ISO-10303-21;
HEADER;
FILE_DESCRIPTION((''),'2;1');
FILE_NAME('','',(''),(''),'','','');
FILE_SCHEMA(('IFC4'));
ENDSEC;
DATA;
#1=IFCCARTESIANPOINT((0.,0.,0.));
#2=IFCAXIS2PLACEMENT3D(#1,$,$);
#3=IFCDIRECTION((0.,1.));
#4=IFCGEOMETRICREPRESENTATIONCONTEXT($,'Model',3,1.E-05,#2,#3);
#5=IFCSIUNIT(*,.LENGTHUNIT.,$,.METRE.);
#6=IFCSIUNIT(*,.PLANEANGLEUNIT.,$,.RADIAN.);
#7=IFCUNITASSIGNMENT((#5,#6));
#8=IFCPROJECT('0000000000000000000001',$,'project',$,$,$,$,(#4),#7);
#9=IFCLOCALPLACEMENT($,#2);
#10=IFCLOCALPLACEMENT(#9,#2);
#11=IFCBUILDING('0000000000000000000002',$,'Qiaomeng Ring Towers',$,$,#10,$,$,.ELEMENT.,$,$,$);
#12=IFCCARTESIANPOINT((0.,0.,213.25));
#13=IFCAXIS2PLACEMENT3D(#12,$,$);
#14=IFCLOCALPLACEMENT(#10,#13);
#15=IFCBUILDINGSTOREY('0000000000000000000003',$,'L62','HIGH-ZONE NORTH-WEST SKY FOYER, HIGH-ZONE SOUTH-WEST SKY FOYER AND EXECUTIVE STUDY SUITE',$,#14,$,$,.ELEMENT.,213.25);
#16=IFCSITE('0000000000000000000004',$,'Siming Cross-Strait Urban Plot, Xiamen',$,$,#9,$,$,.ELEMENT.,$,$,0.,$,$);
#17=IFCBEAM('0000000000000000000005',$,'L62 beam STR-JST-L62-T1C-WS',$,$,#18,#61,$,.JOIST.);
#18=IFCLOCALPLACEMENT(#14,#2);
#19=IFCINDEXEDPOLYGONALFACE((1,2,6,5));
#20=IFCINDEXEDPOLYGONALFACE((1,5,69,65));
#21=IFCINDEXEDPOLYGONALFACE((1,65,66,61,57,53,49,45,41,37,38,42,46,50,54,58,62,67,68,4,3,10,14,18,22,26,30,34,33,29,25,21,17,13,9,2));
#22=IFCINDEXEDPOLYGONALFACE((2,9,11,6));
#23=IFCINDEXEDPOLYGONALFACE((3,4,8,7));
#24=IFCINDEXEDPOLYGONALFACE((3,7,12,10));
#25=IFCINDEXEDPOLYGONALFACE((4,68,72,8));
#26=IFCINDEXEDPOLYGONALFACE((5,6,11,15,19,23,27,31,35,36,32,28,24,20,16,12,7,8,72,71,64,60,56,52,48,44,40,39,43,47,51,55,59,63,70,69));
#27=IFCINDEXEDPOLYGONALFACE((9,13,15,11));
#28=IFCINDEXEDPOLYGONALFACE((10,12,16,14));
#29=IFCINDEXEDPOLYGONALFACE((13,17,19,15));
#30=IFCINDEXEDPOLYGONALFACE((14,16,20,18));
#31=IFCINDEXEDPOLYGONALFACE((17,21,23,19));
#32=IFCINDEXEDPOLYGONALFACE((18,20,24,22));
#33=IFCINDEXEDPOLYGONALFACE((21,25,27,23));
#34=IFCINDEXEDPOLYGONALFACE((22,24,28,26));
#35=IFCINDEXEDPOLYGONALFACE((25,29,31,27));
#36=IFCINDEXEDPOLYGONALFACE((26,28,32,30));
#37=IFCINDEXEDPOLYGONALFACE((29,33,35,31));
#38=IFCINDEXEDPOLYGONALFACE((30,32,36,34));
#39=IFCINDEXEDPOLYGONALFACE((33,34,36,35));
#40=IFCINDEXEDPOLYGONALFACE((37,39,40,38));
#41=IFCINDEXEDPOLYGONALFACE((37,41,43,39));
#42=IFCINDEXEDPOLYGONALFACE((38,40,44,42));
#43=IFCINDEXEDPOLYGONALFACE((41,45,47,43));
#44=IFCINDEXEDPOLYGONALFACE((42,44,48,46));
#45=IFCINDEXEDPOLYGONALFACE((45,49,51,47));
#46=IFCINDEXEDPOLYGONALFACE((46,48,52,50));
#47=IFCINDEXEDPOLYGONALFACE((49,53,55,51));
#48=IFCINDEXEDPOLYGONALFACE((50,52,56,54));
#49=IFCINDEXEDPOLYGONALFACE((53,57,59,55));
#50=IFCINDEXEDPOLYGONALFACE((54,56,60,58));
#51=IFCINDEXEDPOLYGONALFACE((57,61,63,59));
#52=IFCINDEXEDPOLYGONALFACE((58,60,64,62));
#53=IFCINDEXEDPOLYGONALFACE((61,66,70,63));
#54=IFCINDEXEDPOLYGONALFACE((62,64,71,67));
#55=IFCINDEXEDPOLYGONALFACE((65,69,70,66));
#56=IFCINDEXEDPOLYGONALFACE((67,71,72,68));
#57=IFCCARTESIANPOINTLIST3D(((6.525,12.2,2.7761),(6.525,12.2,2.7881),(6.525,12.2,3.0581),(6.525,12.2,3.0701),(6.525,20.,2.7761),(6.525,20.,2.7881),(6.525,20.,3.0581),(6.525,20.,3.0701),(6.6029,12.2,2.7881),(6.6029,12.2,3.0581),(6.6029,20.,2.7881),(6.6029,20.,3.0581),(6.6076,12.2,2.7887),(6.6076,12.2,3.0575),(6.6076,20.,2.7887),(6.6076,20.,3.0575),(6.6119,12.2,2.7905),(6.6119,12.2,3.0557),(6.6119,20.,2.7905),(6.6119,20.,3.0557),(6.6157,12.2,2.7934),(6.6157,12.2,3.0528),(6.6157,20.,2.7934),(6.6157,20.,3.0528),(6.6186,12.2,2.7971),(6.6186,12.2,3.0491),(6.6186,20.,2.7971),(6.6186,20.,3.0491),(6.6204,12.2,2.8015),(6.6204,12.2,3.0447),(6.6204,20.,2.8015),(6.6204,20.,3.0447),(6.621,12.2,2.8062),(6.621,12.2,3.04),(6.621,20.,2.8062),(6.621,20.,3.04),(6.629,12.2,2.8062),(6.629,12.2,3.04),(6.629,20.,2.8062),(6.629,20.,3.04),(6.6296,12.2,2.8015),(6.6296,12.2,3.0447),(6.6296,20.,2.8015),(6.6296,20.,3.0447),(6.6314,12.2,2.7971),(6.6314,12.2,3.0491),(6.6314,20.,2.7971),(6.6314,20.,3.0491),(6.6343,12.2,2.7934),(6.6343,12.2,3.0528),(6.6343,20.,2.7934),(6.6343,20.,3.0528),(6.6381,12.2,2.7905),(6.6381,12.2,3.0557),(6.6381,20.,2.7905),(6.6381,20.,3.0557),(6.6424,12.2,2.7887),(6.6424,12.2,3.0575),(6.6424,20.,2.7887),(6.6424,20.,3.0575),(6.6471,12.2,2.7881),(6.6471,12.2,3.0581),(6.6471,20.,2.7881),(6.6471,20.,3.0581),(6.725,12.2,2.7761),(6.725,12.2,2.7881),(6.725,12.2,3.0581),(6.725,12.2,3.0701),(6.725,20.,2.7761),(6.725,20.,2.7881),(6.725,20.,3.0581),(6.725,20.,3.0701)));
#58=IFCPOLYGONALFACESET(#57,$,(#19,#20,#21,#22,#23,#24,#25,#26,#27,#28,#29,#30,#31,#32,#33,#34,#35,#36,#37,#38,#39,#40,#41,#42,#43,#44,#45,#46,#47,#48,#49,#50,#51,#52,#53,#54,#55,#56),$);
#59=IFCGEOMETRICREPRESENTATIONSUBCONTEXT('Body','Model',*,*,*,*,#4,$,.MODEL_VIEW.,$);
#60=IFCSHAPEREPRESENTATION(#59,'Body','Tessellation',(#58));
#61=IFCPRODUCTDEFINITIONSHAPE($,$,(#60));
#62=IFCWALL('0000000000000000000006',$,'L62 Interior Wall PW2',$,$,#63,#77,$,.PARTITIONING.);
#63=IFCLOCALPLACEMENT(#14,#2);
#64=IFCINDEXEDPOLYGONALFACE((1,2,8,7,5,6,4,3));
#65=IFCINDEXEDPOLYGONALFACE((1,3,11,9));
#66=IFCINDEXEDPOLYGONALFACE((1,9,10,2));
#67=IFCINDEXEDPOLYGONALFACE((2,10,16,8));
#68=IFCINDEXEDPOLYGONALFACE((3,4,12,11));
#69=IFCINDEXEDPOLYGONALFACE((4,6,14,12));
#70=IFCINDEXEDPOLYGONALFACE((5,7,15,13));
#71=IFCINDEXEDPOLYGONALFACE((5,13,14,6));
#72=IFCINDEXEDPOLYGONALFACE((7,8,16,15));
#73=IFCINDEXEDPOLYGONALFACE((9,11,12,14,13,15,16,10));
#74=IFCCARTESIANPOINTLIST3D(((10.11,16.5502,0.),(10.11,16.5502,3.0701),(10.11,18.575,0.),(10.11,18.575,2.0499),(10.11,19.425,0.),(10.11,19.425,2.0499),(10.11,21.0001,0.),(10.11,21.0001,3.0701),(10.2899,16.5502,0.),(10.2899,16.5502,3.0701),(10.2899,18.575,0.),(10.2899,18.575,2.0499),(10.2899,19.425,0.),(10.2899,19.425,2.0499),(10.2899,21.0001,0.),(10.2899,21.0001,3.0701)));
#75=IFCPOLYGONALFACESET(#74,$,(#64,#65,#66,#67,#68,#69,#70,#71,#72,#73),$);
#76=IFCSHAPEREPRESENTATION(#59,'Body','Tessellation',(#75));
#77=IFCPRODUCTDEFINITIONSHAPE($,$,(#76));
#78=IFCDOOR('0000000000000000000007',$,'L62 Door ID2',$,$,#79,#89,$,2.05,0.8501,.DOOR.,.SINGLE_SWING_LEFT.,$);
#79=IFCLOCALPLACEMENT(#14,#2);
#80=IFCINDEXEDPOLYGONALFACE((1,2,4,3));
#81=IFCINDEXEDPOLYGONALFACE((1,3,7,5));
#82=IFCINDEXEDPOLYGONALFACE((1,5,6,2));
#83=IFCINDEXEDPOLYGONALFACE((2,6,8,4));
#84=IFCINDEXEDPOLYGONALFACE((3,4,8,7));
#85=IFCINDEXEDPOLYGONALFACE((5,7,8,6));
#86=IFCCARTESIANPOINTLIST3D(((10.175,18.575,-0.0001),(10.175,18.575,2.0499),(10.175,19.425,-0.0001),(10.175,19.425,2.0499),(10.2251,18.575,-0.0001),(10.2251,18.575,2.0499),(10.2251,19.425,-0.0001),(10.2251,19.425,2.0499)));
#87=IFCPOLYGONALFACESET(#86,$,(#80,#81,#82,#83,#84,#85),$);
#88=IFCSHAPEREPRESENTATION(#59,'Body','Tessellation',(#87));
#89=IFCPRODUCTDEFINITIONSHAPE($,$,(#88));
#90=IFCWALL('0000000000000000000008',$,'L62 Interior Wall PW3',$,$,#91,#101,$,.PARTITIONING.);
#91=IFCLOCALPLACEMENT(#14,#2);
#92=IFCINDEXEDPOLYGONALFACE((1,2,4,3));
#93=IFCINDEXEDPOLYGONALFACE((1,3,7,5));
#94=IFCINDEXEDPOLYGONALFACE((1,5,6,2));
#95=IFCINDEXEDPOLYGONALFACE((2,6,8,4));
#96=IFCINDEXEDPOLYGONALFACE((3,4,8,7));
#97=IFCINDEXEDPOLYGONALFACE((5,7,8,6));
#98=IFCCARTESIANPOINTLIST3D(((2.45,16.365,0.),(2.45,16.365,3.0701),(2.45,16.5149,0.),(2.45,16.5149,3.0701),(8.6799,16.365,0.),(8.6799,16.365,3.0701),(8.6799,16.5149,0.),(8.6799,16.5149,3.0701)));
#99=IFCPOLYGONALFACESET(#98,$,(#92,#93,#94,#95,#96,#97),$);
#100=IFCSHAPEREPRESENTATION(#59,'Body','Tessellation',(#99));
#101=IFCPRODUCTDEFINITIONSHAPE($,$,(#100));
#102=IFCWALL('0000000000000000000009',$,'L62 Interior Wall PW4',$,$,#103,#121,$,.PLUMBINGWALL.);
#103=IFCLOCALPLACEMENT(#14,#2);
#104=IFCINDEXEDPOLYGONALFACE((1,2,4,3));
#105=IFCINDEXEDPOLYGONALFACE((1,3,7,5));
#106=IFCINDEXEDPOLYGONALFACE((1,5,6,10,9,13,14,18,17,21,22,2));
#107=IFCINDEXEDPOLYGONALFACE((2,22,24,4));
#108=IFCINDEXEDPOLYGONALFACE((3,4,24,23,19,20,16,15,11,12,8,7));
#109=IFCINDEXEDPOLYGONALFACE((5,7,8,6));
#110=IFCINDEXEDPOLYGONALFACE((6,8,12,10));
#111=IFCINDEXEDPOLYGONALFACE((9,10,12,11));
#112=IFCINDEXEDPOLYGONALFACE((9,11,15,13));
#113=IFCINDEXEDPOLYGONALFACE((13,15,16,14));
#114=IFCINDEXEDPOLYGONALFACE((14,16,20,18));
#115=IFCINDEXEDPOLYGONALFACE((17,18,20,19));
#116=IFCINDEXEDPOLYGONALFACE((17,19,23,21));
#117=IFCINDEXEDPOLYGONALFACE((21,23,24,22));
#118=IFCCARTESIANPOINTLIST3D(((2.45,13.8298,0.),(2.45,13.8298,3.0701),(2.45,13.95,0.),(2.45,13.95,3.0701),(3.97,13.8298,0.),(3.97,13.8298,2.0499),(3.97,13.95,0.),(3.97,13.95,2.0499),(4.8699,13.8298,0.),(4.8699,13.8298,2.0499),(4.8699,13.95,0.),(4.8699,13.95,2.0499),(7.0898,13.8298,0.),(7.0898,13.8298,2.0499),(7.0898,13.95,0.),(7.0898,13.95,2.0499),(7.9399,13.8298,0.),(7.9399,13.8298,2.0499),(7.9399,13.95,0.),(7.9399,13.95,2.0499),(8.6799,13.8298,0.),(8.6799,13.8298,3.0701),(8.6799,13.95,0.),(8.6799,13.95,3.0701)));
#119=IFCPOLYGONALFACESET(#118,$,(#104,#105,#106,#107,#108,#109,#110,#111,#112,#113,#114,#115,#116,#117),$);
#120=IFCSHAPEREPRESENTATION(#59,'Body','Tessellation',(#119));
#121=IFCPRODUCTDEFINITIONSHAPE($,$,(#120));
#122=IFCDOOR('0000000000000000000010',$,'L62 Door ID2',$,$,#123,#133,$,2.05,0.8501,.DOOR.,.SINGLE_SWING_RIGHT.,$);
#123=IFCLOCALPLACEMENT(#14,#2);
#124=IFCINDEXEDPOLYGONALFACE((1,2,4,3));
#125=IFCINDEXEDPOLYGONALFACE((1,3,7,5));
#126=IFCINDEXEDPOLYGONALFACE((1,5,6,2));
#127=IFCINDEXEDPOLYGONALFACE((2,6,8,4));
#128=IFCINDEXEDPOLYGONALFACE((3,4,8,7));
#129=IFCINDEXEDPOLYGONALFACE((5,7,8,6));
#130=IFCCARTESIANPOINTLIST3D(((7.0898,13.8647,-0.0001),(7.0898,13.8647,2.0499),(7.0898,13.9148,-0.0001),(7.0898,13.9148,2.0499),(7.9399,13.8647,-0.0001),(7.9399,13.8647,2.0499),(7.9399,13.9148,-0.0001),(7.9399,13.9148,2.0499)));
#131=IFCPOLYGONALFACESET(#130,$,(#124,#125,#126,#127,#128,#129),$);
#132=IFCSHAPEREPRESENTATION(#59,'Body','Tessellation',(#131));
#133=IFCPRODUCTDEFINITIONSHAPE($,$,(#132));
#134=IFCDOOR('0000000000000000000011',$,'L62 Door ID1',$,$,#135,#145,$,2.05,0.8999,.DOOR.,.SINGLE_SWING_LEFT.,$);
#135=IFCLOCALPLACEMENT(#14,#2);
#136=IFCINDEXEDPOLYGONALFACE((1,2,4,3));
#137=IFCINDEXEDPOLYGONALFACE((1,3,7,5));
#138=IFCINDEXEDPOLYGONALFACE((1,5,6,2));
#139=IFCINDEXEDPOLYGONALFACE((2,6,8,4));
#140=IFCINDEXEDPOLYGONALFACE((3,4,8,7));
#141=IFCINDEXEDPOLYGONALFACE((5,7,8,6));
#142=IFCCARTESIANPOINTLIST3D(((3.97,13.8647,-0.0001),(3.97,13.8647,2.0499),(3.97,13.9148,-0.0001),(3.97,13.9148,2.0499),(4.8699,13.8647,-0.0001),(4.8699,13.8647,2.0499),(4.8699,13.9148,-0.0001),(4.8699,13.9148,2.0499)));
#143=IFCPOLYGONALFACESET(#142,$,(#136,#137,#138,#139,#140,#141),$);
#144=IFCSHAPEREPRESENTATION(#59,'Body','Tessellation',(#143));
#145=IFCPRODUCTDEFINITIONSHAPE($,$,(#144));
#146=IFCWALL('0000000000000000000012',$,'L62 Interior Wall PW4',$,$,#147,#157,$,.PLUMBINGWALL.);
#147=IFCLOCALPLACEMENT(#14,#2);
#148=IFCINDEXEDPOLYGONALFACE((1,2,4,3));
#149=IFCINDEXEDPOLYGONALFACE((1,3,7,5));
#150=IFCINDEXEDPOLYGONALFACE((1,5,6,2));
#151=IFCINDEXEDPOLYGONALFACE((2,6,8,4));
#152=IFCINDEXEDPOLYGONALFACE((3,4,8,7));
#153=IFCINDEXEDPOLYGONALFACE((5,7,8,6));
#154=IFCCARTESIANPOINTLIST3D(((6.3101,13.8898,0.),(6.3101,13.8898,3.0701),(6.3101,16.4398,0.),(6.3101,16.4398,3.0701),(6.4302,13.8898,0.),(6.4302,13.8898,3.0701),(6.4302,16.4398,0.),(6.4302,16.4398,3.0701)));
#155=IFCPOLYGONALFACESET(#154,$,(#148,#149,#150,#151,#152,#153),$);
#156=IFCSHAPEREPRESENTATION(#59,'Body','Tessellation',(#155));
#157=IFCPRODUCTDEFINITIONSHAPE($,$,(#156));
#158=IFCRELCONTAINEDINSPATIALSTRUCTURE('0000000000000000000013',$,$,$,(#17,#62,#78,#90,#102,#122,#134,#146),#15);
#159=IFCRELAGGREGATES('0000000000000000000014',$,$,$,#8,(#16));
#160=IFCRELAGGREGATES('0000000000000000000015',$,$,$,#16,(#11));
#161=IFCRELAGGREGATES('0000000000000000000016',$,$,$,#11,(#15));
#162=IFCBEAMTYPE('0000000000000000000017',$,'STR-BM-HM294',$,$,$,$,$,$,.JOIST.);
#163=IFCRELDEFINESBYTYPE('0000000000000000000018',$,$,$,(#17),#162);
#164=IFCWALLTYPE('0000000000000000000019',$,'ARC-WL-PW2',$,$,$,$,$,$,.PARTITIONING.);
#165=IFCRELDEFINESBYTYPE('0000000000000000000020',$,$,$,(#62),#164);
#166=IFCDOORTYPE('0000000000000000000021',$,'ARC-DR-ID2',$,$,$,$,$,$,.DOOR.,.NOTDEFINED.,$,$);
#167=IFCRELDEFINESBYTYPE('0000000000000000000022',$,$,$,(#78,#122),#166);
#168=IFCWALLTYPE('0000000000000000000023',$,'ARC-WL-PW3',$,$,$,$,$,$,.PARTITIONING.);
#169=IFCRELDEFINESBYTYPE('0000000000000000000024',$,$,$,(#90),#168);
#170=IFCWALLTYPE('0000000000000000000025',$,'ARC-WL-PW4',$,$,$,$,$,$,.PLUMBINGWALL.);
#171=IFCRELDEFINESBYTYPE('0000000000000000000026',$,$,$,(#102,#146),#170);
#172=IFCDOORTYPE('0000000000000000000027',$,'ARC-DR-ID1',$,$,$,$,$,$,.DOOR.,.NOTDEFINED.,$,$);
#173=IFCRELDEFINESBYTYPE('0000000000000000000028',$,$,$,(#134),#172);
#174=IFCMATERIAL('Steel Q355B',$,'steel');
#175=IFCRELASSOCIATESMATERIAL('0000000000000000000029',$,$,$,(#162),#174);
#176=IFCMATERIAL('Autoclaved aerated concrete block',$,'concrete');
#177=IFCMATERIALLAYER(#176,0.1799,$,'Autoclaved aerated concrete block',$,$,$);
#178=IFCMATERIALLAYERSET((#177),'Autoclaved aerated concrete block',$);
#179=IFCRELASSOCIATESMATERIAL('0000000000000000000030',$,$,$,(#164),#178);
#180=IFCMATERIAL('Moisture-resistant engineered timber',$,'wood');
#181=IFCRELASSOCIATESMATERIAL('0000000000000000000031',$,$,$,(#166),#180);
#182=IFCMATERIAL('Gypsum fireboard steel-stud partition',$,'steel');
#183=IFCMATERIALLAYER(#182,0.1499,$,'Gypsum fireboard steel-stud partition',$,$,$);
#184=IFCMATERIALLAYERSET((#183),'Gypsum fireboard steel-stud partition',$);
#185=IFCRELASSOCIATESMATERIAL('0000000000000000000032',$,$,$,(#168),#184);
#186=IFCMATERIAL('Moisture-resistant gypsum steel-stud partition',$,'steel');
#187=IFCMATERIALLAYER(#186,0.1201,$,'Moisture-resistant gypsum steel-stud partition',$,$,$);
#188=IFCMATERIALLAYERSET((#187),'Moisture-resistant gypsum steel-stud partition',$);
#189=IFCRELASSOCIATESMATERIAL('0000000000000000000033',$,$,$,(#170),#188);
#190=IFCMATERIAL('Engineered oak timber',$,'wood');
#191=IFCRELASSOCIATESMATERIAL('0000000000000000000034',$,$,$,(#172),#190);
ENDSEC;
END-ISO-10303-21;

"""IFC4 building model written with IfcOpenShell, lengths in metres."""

from ifc_helpers import new_model, si_unit, direction, frame, frame_2d, origin, origin_2d, place, context, subcontext, project, spatial, rectangle, i_section, extrude, source, transform, mapped, material, layer, layer_set, material_profile, profile_set, type_object, element, fill, save


model = new_model("IFC4")

# Units and contexts
model_context = context("Model", 3, precision=1e-05, world=origin(), true_north=direction((0.0, 1.0)))
body_context = subcontext(model_context, "Body", "Model", "MODEL_VIEW")
ifc_project = project(units=[si_unit("LENGTHUNIT", "METRE"), si_unit("PLANEANGLEUNIT", "RADIAN")], contexts=[model_context])

# Site, building, storey
site_placement = place(None, origin())
site = spatial("IfcSite", under=ifc_project, at=site_placement, Name="Siming Cross-Strait Urban Plot, Xiamen", CompositionType="ELEMENT", RefElevation=0.0)
building_placement = place(site_placement, origin())
building = spatial("IfcBuilding", under=site, at=building_placement, Name="Qiaomeng Ring Towers", CompositionType="ELEMENT")
storey_placement = place(building_placement, frame((0.0, 0.0, 213.25)))
storey = spatial("IfcBuildingStorey", under=building, at=storey_placement, Name="L62", Description="HIGH-ZONE NORTH-WEST SKY FOYER, HIGH-ZONE SOUTH-WEST SKY FOYER AND EXECUTIVE STUDY SUITE", CompositionType="ELEMENT", Elevation=213.25)

# Beam
ifc_material_1 = material(Name="Steel Q355B", Category="steel")
ifc_material_profile_1 = material_profile(ifc_material_1, i_section(OverallWidth=0.2, OverallDepth=0.2939, WebThickness=0.0081, FlangeThickness=0.012, FilletRadius=0.0181, at=origin_2d()), Name="HM 294x200x8x12")
ifc_profile_set_1 = profile_set([ifc_material_profile_1], Name="Steel Q355B")
beam_type_1 = type_object("IfcBeamType", Name="STR-BM-HM294", PredefinedType="JOIST", material=ifc_profile_set_1)
shared_shape_1 = source(origin(), body_context, "Body", "SweptSolid", [
    extrude(i_section(OverallWidth=0.2, OverallDepth=0.2939, WebThickness=0.0081, FlangeThickness=0.012, FilletRadius=0.0181, at=origin_2d()), origin(), (0.0, 0.0, 1.0), 7.8),
])
beam_1_placement = place(storey_placement, frame((6.625, 12.2, 2.9231), z_axis=(0.0, 1.0, 0.0), x_axis=(-1.0, 0.0, 0.0)))
element("IfcBeam", 1, at=beam_1_placement, inside=storey, type_object=beam_type_1, Name="L62 beam STR-JST-L62-T1C-WS", PredefinedType="JOIST", context=body_context, shape_type="MappedRepresentation", body=[
    mapped(shared_shape_1, transform((0.0, 0.0, 0.0), x_axis=(1.0, 0.0, 0.0), y_axis=(0.0, 1.0, 0.0), z_axis=(0.0, 0.0, 1.0), scale=1.0)),
])

# Wall, opening, door
ifc_material_2 = material(Name="Autoclaved aerated concrete block", Category="concrete")
ifc_layer_1 = layer(ifc_material_2, 0.1799, Name="Autoclaved aerated concrete block")
ifc_layer_set_1 = layer_set([ifc_layer_1], Name="Autoclaved aerated concrete block")
wall_type_1 = type_object("IfcWallType", Name="ARC-WL-PW2", PredefinedType="PARTITIONING", material=ifc_layer_set_1)
wall_1_placement = place(storey_placement, frame((10.2, 16.55, 0.0), z_axis=(0.0, 0.0, 1.0), x_axis=(0.0, 1.0, 0.0)))
wall_1 = element("IfcWall", 2, at=wall_1_placement, inside=storey, type_object=wall_type_1, Name="L62 Interior Wall PW2", PredefinedType="PARTITIONING", context=body_context, shape_type="SweptSolid", body=[
    extrude(rectangle(XDim=4.45, YDim=0.1799, at=frame_2d((2.2251, 0.0))), origin(), (0.0, 0.0, 1.0), 3.0701),
])
opening_1_placement = place(wall_1_placement, frame((2.0249, 0.0, 0.0)))
opening_1 = element("IfcOpeningElement", 3, at=opening_1_placement, cuts=wall_1, PredefinedType="OPENING", context=body_context, shape_type="SweptSolid", body=[
    extrude(rectangle(XDim=0.8501, YDim=2.05, at=frame_2d((0.425, 1.0249))), frame((0.0, 0.0999, 0.0), z_axis=(0.0, -1.0, 0.0), x_axis=(1.0, 0.0, 0.0)), (0.0, 0.0, 1.0), 0.2),
])
ifc_material_3 = material(Name="Moisture-resistant engineered timber", Category="wood")
door_type_1 = type_object("IfcDoorType", Name="ARC-DR-ID2", OperationType="NOTDEFINED", PredefinedType="DOOR", material=ifc_material_3)
shared_shape_2 = source(origin(), body_context, "Body", "SweptSolid", [
    extrude(rectangle(XDim=0.8501, YDim=2.05, at=frame_2d((0.425, 1.0249))), frame((0.0, 0.0249, 0.0), z_axis=(0.0, -1.0, 0.0), x_axis=(1.0, 0.0, 0.0)), (0.0, 0.0, 1.0), 0.05),
])
door_1_placement = place(opening_1_placement, origin())
door_1 = element("IfcDoor", 4, at=door_1_placement, inside=storey, type_object=door_type_1, Name="L62 Door ID2", OperationType="SINGLE_SWING_LEFT", OverallHeight=2.05, OverallWidth=0.8501, PredefinedType="DOOR", context=body_context, shape_type="MappedRepresentation", body=[
    mapped(shared_shape_2, transform((0.0, 0.0, 0.0), x_axis=(1.0, 0.0, 0.0), y_axis=(0.0, 1.0, 0.0), z_axis=(0.0, 0.0, 1.0), scale=1.0)),
])
fill(opening_1, door_1)

# Wall
ifc_material_4 = material(Name="Gypsum fireboard steel-stud partition", Category="steel")
ifc_layer_2 = layer(ifc_material_4, 0.1499, Name="Gypsum fireboard steel-stud partition")
ifc_layer_set_2 = layer_set([ifc_layer_2], Name="Gypsum fireboard steel-stud partition")
wall_type_2 = type_object("IfcWallType", Name="ARC-WL-PW3", PredefinedType="PARTITIONING", material=ifc_layer_set_2)
wall_2_placement = place(storey_placement, frame((2.45, 16.4399, 0.0), z_axis=(0.0, 0.0, 1.0), x_axis=(1.0, 0.0, 0.0)))
element("IfcWall", 5, at=wall_2_placement, inside=storey, type_object=wall_type_2, Name="L62 Interior Wall PW3", PredefinedType="PARTITIONING", context=body_context, shape_type="SweptSolid", body=[
    extrude(rectangle(XDim=6.23, YDim=0.1499, at=frame_2d((3.115, 0.0))), origin(), (0.0, 0.0, 1.0), 3.0701),
])

# Wall, openings, doors
ifc_material_5 = material(Name="Moisture-resistant gypsum steel-stud partition", Category="steel")
ifc_layer_3 = layer(ifc_material_5, 0.1201, Name="Moisture-resistant gypsum steel-stud partition")
ifc_layer_set_3 = layer_set([ifc_layer_3], Name="Moisture-resistant gypsum steel-stud partition")
wall_type_3 = type_object("IfcWallType", Name="ARC-WL-PW4", PredefinedType="PLUMBINGWALL", material=ifc_layer_set_3)
wall_3_placement = place(storey_placement, frame((2.45, 13.8899, 0.0), z_axis=(0.0, 0.0, 1.0), x_axis=(1.0, 0.0, 0.0)))
wall_3 = element("IfcWall", 6, at=wall_3_placement, inside=storey, type_object=wall_type_3, Name="L62 Interior Wall PW4", PredefinedType="PLUMBINGWALL", context=body_context, shape_type="SweptSolid", body=[
    extrude(rectangle(XDim=6.23, YDim=0.1201, at=frame_2d((3.115, 0.0))), origin(), (0.0, 0.0, 1.0), 3.0701),
])
opening_2_placement = place(wall_3_placement, frame((1.52, 0.0, 0.0)))
opening_2 = element("IfcOpeningElement", 7, at=opening_2_placement, cuts=wall_3, PredefinedType="OPENING", context=body_context, shape_type="SweptSolid", body=[
    extrude(rectangle(XDim=0.8999, YDim=2.05, at=frame_2d((0.45, 1.0249))), frame((0.0, 0.0701, 0.0), z_axis=(0.0, -1.0, 0.0), x_axis=(1.0, 0.0, 0.0)), (0.0, 0.0, 1.0), 0.1401),
])
opening_3_placement = place(wall_3_placement, frame((4.6399, 0.0, 0.0)))
opening_3 = element("IfcOpeningElement", 8, at=opening_3_placement, cuts=wall_3, PredefinedType="OPENING", context=body_context, shape_type="SweptSolid", body=[
    extrude(rectangle(XDim=0.8501, YDim=2.05, at=frame_2d((0.425, 1.0249))), frame((0.0, 0.0701, 0.0), z_axis=(0.0, -1.0, 0.0), x_axis=(1.0, 0.0, 0.0)), (0.0, 0.0, 1.0), 0.1401),
])
door_2_placement = place(opening_3_placement, origin())
door_2 = element("IfcDoor", 9, at=door_2_placement, inside=storey, type_object=door_type_1, Name="L62 Door ID2", OperationType="SINGLE_SWING_RIGHT", OverallHeight=2.05, OverallWidth=0.8501, PredefinedType="DOOR", context=body_context, shape_type="MappedRepresentation", body=[
    mapped(shared_shape_2, transform((0.0, 0.0, 0.0), x_axis=(1.0, 0.0, 0.0), y_axis=(0.0, 1.0, 0.0), z_axis=(0.0, 0.0, 1.0), scale=1.0)),
])
fill(opening_3, door_2)
ifc_material_6 = material(Name="Engineered oak timber", Category="wood")
door_type_2 = type_object("IfcDoorType", Name="ARC-DR-ID1", OperationType="NOTDEFINED", PredefinedType="DOOR", material=ifc_material_6)
shared_shape_3 = source(origin(), body_context, "Body", "SweptSolid", [
    extrude(rectangle(XDim=0.8999, YDim=2.05, at=frame_2d((0.45, 1.0249))), frame((0.0, 0.0249, 0.0), z_axis=(0.0, -1.0, 0.0), x_axis=(1.0, 0.0, 0.0)), (0.0, 0.0, 1.0), 0.05),
])
door_3_placement = place(opening_2_placement, origin())
door_3 = element("IfcDoor", 10, at=door_3_placement, inside=storey, type_object=door_type_2, Name="L62 Door ID1", OperationType="SINGLE_SWING_LEFT", OverallHeight=2.05, OverallWidth=0.8999, PredefinedType="DOOR", context=body_context, shape_type="MappedRepresentation", body=[
    mapped(shared_shape_3, transform((0.0, 0.0, 0.0), x_axis=(1.0, 0.0, 0.0), y_axis=(0.0, 1.0, 0.0), z_axis=(0.0, 0.0, 1.0), scale=1.0)),
])
fill(opening_2, door_3)

# Wall
wall_4_placement = place(storey_placement, frame((6.3701, 13.8899, 0.0), z_axis=(0.0, 0.0, 1.0), x_axis=(0.0, 1.0, 0.0)))
element("IfcWall", 11, at=wall_4_placement, inside=storey, type_object=wall_type_3, Name="L62 Interior Wall PW4", PredefinedType="PLUMBINGWALL", context=body_context, shape_type="SweptSolid", body=[
    extrude(rectangle(XDim=2.55, YDim=0.1201, at=frame_2d((1.2749, 0.0))), origin(), (0.0, 0.0, 1.0), 3.0701),
])

save(model, "model.ifc")
